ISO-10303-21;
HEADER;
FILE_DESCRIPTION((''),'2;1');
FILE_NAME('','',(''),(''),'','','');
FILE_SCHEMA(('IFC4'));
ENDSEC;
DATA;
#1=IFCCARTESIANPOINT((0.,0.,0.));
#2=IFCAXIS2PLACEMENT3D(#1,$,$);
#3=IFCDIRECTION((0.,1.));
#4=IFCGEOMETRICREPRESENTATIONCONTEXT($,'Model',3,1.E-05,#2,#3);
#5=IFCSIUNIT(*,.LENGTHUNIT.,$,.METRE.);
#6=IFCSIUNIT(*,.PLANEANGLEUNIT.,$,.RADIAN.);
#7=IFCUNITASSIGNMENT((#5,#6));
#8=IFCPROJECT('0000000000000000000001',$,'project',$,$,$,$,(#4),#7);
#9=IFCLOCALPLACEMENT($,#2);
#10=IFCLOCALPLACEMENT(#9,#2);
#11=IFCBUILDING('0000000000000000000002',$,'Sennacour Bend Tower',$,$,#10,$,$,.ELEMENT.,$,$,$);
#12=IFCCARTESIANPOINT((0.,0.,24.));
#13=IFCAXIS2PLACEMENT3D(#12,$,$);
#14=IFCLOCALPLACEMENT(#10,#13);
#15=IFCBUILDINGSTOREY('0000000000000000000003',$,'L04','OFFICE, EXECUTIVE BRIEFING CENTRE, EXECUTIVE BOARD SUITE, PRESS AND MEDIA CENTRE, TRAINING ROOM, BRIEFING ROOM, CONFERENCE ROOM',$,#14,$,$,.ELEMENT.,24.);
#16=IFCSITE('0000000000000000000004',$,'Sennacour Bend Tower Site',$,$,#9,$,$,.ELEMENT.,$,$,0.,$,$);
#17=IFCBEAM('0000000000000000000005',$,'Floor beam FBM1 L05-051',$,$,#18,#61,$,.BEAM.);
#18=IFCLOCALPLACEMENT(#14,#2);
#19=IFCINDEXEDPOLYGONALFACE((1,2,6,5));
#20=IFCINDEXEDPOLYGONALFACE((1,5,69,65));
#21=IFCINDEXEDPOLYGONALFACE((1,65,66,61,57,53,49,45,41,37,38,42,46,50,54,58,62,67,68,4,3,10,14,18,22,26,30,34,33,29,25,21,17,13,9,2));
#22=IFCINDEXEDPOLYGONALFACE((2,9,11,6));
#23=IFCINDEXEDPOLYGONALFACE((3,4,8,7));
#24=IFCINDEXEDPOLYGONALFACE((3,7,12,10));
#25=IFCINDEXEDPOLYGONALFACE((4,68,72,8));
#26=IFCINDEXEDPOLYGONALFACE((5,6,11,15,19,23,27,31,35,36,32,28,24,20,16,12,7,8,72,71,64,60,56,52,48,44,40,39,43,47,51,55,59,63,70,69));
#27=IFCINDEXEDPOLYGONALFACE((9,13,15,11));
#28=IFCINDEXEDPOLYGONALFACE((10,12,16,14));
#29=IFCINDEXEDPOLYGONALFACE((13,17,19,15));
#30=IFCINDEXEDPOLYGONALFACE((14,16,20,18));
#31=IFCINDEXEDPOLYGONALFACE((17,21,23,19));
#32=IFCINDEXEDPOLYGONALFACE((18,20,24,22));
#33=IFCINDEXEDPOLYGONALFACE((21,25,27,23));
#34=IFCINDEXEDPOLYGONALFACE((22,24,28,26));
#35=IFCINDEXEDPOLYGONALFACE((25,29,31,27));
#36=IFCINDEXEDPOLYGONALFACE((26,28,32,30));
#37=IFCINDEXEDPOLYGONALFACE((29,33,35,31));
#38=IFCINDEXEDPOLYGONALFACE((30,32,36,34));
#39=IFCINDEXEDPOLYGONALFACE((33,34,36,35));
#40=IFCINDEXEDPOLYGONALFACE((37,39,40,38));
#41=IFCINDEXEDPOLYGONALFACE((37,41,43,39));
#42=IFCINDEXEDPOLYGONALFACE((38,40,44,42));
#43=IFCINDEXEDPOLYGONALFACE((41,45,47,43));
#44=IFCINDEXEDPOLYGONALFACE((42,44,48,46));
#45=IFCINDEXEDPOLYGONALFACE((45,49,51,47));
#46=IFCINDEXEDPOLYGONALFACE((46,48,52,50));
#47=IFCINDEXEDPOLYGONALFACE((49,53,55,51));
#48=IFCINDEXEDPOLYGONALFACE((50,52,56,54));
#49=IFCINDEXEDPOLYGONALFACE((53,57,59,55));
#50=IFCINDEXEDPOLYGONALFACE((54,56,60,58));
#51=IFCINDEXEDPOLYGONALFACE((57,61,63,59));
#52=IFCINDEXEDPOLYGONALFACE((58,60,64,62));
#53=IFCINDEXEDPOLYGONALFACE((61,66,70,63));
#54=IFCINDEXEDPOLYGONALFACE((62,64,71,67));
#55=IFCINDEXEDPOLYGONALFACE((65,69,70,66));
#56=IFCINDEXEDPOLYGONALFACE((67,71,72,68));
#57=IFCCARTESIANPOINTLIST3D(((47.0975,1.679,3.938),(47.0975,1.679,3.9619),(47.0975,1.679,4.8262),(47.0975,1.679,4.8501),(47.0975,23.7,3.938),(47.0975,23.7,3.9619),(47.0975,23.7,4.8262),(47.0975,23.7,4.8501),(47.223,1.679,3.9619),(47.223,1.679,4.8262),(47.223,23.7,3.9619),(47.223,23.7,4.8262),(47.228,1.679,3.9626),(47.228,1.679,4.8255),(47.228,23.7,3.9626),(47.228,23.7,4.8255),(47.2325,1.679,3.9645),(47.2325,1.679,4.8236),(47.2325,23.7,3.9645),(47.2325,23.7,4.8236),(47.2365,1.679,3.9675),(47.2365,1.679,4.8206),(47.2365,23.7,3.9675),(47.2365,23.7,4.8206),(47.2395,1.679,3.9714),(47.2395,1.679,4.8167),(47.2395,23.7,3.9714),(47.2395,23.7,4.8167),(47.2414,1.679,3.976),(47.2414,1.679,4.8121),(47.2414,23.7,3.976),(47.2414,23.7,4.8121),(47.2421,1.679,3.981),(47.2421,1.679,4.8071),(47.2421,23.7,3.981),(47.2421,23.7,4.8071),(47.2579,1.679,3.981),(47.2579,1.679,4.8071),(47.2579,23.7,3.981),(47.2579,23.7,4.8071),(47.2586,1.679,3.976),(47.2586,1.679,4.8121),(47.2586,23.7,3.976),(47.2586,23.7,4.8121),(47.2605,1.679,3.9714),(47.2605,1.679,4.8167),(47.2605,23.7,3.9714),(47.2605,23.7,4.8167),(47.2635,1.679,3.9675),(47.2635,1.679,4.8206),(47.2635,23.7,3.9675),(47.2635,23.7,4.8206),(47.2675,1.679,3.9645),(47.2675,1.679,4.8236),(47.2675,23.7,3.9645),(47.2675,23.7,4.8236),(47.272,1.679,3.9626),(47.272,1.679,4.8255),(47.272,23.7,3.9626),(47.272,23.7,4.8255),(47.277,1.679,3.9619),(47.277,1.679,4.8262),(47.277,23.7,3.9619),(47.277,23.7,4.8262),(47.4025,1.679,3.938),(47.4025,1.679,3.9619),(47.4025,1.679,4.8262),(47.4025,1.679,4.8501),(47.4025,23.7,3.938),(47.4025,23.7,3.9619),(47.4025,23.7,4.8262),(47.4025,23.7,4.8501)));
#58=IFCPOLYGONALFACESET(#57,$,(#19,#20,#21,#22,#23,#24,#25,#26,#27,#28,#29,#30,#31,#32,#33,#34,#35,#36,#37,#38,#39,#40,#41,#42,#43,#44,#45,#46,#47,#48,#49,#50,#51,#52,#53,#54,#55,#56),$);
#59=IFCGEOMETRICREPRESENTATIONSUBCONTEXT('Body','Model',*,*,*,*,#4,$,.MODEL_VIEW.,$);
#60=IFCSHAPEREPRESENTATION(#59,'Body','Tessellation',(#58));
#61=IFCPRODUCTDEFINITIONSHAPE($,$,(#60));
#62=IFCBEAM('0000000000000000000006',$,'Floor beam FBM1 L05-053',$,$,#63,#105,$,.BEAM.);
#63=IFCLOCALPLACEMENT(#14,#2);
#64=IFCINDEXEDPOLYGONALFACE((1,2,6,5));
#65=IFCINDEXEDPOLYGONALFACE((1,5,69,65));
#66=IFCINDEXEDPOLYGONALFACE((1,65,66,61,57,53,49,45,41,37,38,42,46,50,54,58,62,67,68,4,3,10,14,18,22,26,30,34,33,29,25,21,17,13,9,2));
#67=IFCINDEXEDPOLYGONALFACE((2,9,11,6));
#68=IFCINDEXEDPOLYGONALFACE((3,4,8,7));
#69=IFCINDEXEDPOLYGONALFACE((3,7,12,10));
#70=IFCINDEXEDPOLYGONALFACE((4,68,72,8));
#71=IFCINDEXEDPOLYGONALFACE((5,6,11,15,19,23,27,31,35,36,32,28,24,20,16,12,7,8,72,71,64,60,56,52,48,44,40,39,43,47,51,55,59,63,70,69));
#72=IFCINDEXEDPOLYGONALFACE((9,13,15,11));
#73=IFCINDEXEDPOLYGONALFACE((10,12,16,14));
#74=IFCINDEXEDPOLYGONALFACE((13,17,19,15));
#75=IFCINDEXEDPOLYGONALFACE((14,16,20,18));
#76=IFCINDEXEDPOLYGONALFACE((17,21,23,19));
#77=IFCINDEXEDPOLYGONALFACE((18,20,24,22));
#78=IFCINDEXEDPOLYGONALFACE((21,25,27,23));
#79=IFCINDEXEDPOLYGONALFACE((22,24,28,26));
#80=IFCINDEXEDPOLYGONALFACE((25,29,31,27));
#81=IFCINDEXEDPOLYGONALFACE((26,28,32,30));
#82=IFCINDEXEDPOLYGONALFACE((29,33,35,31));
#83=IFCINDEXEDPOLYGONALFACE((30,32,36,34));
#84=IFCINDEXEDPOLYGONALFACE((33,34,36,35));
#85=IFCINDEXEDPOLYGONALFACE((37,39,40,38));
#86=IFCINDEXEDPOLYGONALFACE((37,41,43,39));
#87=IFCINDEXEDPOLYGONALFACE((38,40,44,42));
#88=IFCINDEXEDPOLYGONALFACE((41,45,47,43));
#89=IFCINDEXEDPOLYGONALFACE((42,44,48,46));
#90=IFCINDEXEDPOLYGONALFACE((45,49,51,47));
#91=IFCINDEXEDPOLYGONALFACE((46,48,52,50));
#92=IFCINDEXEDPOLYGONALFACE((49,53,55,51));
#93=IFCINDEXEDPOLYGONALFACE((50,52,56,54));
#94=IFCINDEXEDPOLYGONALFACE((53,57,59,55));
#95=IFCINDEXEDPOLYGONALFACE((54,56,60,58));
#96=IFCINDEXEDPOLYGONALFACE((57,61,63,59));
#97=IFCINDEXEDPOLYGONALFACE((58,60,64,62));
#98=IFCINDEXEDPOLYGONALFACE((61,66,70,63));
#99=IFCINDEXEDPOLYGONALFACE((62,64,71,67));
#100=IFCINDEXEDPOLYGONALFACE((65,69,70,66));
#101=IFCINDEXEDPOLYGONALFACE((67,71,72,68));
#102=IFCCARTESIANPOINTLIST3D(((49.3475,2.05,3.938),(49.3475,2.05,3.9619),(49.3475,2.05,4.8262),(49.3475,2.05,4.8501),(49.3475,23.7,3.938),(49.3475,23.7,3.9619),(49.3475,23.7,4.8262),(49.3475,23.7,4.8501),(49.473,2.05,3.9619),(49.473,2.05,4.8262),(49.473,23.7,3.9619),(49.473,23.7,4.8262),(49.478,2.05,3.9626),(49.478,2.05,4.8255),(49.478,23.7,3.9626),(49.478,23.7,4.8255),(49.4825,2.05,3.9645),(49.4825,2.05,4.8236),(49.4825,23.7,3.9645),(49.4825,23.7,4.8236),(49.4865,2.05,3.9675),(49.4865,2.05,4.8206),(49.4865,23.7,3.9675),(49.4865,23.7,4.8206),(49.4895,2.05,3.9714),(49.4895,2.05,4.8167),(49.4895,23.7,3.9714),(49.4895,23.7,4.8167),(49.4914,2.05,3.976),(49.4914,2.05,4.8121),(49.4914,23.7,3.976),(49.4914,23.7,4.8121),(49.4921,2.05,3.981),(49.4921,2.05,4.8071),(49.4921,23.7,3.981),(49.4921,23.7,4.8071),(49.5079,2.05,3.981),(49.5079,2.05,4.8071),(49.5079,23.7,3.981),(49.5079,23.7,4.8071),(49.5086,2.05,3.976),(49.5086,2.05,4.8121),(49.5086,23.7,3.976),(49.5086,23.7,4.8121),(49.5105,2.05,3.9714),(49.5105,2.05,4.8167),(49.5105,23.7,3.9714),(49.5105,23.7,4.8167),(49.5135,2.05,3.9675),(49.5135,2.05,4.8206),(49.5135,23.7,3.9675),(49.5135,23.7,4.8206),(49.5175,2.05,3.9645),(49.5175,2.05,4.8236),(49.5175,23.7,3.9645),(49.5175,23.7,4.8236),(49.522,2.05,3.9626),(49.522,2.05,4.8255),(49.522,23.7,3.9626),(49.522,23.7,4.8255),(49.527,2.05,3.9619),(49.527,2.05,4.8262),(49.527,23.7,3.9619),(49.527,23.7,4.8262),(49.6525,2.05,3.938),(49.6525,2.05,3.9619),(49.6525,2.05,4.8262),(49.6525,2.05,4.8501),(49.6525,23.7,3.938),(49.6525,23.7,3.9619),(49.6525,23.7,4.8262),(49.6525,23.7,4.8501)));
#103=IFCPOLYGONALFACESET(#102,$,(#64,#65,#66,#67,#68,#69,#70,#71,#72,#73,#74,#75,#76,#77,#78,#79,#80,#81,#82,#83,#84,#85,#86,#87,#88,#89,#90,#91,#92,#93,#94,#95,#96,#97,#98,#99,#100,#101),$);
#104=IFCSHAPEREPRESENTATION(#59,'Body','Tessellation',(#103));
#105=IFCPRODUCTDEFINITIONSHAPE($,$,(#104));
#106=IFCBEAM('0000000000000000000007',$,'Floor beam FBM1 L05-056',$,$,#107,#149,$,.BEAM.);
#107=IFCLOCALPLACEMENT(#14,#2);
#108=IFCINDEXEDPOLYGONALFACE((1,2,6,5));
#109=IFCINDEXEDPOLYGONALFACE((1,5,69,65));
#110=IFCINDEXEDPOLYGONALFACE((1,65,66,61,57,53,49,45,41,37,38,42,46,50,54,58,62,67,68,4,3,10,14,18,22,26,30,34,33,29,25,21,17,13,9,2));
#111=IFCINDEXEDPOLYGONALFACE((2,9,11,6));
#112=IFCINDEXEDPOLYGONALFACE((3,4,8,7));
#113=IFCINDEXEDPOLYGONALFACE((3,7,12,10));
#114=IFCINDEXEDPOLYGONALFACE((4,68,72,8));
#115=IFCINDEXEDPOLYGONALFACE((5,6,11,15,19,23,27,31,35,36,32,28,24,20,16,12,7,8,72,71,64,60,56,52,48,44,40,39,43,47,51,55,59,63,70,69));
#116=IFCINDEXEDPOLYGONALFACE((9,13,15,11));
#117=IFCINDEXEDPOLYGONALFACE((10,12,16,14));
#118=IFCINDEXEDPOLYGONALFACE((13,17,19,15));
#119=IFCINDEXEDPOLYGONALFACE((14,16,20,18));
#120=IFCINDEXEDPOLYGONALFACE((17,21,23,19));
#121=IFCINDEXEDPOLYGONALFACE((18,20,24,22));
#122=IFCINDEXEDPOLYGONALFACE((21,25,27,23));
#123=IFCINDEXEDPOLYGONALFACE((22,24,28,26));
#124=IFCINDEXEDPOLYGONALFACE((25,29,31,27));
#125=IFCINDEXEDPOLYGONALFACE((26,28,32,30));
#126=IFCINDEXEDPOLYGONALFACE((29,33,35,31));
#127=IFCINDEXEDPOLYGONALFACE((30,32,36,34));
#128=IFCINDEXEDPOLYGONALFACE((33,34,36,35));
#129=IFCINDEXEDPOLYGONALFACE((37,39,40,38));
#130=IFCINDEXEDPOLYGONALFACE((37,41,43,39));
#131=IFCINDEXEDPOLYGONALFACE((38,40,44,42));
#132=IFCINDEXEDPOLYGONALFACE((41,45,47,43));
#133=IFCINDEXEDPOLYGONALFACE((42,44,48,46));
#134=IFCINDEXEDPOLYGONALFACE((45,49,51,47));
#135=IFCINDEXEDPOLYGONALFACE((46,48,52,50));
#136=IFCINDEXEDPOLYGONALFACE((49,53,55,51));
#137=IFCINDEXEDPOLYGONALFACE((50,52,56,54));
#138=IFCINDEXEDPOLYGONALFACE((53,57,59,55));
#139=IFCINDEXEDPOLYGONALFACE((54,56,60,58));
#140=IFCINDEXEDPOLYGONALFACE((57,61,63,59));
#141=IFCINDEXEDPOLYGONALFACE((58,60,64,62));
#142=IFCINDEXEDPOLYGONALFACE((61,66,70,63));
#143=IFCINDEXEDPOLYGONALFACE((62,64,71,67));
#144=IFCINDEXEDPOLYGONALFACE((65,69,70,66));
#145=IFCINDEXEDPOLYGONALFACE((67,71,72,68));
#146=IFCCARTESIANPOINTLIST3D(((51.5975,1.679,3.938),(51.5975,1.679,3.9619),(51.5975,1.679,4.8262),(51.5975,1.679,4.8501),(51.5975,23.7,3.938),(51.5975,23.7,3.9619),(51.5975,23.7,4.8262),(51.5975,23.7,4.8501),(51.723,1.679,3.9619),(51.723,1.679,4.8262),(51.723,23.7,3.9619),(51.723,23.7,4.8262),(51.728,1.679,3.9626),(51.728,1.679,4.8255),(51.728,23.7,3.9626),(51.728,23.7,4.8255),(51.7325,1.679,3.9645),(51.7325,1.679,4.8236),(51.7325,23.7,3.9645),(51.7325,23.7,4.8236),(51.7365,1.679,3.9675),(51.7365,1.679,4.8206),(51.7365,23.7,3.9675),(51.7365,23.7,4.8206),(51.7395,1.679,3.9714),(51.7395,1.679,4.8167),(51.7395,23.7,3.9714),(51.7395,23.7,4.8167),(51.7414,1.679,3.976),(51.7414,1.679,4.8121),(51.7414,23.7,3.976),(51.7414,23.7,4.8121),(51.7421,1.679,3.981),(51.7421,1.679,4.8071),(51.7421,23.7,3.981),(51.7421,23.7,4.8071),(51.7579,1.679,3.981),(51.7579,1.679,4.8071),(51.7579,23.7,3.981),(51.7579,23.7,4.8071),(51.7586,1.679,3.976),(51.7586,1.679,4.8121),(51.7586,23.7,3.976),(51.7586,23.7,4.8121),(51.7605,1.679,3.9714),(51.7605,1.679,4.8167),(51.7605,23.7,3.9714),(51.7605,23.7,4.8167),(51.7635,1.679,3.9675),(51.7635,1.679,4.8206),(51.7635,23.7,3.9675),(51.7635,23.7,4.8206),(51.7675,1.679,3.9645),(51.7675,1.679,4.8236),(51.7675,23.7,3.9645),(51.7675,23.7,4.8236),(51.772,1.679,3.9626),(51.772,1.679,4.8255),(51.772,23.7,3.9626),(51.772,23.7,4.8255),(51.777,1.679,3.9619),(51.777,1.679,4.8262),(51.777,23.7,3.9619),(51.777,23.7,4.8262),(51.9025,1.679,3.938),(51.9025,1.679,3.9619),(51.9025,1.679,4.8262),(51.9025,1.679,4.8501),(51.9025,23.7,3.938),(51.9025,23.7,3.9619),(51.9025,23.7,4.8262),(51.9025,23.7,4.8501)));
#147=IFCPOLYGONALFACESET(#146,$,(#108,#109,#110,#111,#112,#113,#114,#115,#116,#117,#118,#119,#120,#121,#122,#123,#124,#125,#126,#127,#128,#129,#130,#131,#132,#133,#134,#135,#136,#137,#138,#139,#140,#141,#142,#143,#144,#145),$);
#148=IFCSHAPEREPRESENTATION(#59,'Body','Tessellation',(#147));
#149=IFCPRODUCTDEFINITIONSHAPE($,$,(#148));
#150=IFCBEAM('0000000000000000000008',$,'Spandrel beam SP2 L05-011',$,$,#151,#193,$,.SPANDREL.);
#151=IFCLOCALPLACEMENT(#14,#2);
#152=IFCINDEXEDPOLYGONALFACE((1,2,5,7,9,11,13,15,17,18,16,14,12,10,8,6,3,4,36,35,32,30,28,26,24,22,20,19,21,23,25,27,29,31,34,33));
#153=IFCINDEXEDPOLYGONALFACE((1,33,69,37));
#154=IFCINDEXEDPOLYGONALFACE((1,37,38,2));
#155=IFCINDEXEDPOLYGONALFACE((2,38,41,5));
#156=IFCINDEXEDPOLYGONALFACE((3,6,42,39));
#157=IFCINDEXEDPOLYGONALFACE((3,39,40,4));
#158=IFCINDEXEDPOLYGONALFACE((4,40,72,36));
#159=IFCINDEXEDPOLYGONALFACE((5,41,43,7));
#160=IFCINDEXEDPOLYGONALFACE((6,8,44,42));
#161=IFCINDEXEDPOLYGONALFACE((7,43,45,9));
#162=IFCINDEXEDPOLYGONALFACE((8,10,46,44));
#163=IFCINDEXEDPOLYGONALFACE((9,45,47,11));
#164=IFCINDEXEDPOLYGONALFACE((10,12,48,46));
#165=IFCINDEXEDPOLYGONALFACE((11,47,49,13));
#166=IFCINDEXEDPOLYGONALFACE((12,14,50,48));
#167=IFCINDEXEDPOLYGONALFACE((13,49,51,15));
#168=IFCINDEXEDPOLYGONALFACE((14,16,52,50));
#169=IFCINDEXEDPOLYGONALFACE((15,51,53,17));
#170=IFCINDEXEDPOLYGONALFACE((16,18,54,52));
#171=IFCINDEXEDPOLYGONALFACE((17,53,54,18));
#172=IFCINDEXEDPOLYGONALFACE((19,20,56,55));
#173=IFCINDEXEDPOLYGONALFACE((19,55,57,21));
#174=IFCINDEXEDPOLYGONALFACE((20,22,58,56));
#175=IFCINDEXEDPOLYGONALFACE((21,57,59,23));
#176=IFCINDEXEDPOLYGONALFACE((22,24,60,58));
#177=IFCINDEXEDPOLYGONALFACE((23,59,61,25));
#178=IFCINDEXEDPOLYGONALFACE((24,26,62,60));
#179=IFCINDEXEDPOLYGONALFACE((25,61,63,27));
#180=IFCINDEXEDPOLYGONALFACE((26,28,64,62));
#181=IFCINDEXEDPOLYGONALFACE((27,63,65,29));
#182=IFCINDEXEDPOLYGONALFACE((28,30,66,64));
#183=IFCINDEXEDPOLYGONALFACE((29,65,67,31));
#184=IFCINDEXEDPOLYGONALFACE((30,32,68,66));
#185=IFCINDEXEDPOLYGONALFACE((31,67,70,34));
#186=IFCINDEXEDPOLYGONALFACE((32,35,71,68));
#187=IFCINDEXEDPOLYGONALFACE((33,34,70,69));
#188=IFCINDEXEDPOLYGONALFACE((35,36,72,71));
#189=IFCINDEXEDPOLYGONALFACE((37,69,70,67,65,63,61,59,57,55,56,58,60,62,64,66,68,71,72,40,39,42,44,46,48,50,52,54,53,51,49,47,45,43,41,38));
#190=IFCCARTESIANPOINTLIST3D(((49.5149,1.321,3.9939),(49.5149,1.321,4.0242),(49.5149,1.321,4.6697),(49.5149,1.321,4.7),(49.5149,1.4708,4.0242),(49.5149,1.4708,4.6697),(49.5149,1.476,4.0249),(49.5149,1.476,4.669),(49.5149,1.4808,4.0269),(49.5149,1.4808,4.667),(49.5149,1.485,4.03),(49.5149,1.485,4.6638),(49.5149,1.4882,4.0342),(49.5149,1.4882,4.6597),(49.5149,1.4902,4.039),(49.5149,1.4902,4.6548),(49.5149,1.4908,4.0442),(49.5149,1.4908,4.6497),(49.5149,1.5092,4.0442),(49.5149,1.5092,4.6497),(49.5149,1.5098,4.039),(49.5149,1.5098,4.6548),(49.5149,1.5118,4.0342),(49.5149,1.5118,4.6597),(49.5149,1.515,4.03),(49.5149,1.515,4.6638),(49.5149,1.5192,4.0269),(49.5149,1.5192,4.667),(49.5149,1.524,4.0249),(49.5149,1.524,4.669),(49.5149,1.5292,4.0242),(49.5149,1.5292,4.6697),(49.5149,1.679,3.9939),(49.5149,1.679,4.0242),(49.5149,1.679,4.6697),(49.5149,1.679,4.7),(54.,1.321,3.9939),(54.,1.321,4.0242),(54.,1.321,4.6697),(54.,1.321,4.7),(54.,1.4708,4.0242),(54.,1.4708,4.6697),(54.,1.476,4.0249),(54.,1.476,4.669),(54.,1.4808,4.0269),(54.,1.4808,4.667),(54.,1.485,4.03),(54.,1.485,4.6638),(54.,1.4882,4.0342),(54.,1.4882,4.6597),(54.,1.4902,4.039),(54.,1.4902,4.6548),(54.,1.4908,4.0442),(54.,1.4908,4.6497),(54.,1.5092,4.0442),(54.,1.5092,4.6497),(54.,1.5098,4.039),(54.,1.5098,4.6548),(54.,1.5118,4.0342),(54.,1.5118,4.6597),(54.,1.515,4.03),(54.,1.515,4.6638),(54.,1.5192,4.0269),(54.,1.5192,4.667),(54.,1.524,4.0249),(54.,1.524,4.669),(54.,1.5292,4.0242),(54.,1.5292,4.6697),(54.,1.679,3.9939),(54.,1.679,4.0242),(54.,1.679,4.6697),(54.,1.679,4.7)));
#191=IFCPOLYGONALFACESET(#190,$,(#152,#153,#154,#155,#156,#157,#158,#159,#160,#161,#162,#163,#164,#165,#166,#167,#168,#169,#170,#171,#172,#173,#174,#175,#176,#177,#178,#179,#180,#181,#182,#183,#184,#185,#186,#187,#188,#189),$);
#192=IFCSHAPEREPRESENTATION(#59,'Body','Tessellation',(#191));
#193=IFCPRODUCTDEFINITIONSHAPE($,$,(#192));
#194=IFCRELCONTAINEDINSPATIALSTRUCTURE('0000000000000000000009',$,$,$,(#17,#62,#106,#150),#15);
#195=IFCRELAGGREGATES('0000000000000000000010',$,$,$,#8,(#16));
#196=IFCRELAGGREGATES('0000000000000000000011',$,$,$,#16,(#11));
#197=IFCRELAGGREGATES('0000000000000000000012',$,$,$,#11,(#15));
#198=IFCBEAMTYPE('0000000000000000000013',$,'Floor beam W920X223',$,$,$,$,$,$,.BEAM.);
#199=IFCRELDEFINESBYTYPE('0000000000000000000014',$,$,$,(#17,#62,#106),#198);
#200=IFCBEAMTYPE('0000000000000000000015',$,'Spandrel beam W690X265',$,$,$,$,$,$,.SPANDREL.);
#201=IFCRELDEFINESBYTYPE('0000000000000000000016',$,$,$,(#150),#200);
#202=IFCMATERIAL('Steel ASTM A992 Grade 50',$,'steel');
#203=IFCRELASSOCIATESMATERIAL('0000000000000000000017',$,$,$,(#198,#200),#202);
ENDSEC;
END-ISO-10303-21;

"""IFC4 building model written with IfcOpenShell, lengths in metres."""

from ifc_helpers import new_model, si_unit, direction, frame, origin, origin_2d, place, context, subcontext, project, spatial, i_section, extrude, material, material_profile, profile_set, type_object, element, save


model = new_model("IFC4")

# Units and contexts
model_context = context("Model", 3, precision=1e-05, world=origin(), true_north=direction((0.0, 1.0)))
body_context = subcontext(model_context, "Body", "Model", "MODEL_VIEW")
ifc_project = project(units=[si_unit("LENGTHUNIT", "METRE"), si_unit("PLANEANGLEUNIT", "RADIAN")], contexts=[model_context])

# Site, building, storey
site_placement = place(None, origin())
site = spatial("IfcSite", under=ifc_project, at=site_placement, Name="Sennacour Bend Tower Site", CompositionType="ELEMENT", RefElevation=0.0)
building_placement = place(site_placement, origin())
building = spatial("IfcBuilding", under=site, at=building_placement, Name="Sennacour Bend Tower", CompositionType="ELEMENT")
storey_placement = place(building_placement, frame((0.0, 0.0, 24.0)))
storey = spatial("IfcBuildingStorey", under=building, at=storey_placement, Name="L04", Description="OFFICE, EXECUTIVE BRIEFING CENTRE, EXECUTIVE BOARD SUITE, PRESS AND MEDIA CENTRE, TRAINING ROOM, BRIEFING ROOM, CONFERENCE ROOM", CompositionType="ELEMENT", Elevation=24.0)

# Beams
ifc_material_1 = material(Name="Steel ASTM A992 Grade 50", Category="steel")
ifc_material_profile_1 = material_profile(ifc_material_1, i_section(OverallWidth=0.3049, OverallDepth=0.9121, WebThickness=0.0159, FlangeThickness=0.0239, FilletRadius=0.019, at=origin_2d()), Name="Steel ASTM A992 Grade 50", Category="steel")
ifc_profile_set_1 = profile_set([ifc_material_profile_1], Name="Steel ASTM A992 Grade 50")
beam_type_1 = type_object("IfcBeamType", Name="Floor beam W920X223", PredefinedType="BEAM", material=ifc_profile_set_1)
beam_1_placement = place(storey_placement, frame((47.25, 1.679, 4.394), z_axis=(0.0, 1.0, 0.0), x_axis=(-1.0, 0.0, 0.0)))
element("IfcBeam", 1, at=beam_1_placement, inside=storey, type_object=beam_type_1, Name="Floor beam FBM1 L05-051", PredefinedType="BEAM", context=body_context, shape_type="SweptSolid", body=[
    extrude(i_section(OverallWidth=0.3049, OverallDepth=0.9121, WebThickness=0.0159, FlangeThickness=0.0239, FilletRadius=0.019, at=origin_2d()), origin(), (0.0, 0.0, 1.0), 22.021),
])
beam_2_placement = place(storey_placement, frame((49.5, 2.05, 4.394), z_axis=(0.0, 1.0, 0.0), x_axis=(-1.0, 0.0, 0.0)))
element("IfcBeam", 2, at=beam_2_placement, inside=storey, type_object=beam_type_1, Name="Floor beam FBM1 L05-053", PredefinedType="BEAM", context=body_context, shape_type="SweptSolid", body=[
    extrude(i_section(OverallWidth=0.3049, OverallDepth=0.9121, WebThickness=0.0159, FlangeThickness=0.0239, FilletRadius=0.019, at=origin_2d()), origin(), (0.0, 0.0, 1.0), 21.6499),
])
beam_3_placement = place(storey_placement, frame((51.75, 1.679, 4.394), z_axis=(0.0, 1.0, 0.0), x_axis=(-1.0, 0.0, 0.0)))
element("IfcBeam", 3, at=beam_3_placement, inside=storey, type_object=beam_type_1, Name="Floor beam FBM1 L05-056", PredefinedType="BEAM", context=body_context, shape_type="SweptSolid", body=[
    extrude(i_section(OverallWidth=0.3049, OverallDepth=0.9121, WebThickness=0.0159, FlangeThickness=0.0239, FilletRadius=0.019, at=origin_2d()), origin(), (0.0, 0.0, 1.0), 22.021),
])
ifc_material_profile_2 = material_profile(ifc_material_1, i_section(OverallWidth=0.3579, OverallDepth=0.7061, WebThickness=0.0183, FlangeThickness=0.0303, FilletRadius=0.02, at=origin_2d()), Name="Steel ASTM A992 Grade 50", Category="steel")
ifc_profile_set_2 = profile_set([ifc_material_profile_2], Name="Steel ASTM A992 Grade 50")
beam_type_2 = type_object("IfcBeamType", Name="Spandrel beam W690X265", PredefinedType="SPANDREL", material=ifc_profile_set_2)
beam_4_placement = place(storey_placement, frame((54.0, 1.5, 4.3469), z_axis=(-1.0, 0.0, 0.0), x_axis=(0.0, -1.0, 0.0)))
element("IfcBeam", 4, at=beam_4_placement, inside=storey, type_object=beam_type_2, Name="Spandrel beam SP2 L05-011", PredefinedType="SPANDREL", context=body_context, shape_type="SweptSolid", body=[
    extrude(i_section(OverallWidth=0.3579, OverallDepth=0.7061, WebThickness=0.0183, FlangeThickness=0.0303, FilletRadius=0.02, at=origin_2d()), origin(), (0.0, 0.0, 1.0), 4.4851),
])

save(model, "model.ifc")
